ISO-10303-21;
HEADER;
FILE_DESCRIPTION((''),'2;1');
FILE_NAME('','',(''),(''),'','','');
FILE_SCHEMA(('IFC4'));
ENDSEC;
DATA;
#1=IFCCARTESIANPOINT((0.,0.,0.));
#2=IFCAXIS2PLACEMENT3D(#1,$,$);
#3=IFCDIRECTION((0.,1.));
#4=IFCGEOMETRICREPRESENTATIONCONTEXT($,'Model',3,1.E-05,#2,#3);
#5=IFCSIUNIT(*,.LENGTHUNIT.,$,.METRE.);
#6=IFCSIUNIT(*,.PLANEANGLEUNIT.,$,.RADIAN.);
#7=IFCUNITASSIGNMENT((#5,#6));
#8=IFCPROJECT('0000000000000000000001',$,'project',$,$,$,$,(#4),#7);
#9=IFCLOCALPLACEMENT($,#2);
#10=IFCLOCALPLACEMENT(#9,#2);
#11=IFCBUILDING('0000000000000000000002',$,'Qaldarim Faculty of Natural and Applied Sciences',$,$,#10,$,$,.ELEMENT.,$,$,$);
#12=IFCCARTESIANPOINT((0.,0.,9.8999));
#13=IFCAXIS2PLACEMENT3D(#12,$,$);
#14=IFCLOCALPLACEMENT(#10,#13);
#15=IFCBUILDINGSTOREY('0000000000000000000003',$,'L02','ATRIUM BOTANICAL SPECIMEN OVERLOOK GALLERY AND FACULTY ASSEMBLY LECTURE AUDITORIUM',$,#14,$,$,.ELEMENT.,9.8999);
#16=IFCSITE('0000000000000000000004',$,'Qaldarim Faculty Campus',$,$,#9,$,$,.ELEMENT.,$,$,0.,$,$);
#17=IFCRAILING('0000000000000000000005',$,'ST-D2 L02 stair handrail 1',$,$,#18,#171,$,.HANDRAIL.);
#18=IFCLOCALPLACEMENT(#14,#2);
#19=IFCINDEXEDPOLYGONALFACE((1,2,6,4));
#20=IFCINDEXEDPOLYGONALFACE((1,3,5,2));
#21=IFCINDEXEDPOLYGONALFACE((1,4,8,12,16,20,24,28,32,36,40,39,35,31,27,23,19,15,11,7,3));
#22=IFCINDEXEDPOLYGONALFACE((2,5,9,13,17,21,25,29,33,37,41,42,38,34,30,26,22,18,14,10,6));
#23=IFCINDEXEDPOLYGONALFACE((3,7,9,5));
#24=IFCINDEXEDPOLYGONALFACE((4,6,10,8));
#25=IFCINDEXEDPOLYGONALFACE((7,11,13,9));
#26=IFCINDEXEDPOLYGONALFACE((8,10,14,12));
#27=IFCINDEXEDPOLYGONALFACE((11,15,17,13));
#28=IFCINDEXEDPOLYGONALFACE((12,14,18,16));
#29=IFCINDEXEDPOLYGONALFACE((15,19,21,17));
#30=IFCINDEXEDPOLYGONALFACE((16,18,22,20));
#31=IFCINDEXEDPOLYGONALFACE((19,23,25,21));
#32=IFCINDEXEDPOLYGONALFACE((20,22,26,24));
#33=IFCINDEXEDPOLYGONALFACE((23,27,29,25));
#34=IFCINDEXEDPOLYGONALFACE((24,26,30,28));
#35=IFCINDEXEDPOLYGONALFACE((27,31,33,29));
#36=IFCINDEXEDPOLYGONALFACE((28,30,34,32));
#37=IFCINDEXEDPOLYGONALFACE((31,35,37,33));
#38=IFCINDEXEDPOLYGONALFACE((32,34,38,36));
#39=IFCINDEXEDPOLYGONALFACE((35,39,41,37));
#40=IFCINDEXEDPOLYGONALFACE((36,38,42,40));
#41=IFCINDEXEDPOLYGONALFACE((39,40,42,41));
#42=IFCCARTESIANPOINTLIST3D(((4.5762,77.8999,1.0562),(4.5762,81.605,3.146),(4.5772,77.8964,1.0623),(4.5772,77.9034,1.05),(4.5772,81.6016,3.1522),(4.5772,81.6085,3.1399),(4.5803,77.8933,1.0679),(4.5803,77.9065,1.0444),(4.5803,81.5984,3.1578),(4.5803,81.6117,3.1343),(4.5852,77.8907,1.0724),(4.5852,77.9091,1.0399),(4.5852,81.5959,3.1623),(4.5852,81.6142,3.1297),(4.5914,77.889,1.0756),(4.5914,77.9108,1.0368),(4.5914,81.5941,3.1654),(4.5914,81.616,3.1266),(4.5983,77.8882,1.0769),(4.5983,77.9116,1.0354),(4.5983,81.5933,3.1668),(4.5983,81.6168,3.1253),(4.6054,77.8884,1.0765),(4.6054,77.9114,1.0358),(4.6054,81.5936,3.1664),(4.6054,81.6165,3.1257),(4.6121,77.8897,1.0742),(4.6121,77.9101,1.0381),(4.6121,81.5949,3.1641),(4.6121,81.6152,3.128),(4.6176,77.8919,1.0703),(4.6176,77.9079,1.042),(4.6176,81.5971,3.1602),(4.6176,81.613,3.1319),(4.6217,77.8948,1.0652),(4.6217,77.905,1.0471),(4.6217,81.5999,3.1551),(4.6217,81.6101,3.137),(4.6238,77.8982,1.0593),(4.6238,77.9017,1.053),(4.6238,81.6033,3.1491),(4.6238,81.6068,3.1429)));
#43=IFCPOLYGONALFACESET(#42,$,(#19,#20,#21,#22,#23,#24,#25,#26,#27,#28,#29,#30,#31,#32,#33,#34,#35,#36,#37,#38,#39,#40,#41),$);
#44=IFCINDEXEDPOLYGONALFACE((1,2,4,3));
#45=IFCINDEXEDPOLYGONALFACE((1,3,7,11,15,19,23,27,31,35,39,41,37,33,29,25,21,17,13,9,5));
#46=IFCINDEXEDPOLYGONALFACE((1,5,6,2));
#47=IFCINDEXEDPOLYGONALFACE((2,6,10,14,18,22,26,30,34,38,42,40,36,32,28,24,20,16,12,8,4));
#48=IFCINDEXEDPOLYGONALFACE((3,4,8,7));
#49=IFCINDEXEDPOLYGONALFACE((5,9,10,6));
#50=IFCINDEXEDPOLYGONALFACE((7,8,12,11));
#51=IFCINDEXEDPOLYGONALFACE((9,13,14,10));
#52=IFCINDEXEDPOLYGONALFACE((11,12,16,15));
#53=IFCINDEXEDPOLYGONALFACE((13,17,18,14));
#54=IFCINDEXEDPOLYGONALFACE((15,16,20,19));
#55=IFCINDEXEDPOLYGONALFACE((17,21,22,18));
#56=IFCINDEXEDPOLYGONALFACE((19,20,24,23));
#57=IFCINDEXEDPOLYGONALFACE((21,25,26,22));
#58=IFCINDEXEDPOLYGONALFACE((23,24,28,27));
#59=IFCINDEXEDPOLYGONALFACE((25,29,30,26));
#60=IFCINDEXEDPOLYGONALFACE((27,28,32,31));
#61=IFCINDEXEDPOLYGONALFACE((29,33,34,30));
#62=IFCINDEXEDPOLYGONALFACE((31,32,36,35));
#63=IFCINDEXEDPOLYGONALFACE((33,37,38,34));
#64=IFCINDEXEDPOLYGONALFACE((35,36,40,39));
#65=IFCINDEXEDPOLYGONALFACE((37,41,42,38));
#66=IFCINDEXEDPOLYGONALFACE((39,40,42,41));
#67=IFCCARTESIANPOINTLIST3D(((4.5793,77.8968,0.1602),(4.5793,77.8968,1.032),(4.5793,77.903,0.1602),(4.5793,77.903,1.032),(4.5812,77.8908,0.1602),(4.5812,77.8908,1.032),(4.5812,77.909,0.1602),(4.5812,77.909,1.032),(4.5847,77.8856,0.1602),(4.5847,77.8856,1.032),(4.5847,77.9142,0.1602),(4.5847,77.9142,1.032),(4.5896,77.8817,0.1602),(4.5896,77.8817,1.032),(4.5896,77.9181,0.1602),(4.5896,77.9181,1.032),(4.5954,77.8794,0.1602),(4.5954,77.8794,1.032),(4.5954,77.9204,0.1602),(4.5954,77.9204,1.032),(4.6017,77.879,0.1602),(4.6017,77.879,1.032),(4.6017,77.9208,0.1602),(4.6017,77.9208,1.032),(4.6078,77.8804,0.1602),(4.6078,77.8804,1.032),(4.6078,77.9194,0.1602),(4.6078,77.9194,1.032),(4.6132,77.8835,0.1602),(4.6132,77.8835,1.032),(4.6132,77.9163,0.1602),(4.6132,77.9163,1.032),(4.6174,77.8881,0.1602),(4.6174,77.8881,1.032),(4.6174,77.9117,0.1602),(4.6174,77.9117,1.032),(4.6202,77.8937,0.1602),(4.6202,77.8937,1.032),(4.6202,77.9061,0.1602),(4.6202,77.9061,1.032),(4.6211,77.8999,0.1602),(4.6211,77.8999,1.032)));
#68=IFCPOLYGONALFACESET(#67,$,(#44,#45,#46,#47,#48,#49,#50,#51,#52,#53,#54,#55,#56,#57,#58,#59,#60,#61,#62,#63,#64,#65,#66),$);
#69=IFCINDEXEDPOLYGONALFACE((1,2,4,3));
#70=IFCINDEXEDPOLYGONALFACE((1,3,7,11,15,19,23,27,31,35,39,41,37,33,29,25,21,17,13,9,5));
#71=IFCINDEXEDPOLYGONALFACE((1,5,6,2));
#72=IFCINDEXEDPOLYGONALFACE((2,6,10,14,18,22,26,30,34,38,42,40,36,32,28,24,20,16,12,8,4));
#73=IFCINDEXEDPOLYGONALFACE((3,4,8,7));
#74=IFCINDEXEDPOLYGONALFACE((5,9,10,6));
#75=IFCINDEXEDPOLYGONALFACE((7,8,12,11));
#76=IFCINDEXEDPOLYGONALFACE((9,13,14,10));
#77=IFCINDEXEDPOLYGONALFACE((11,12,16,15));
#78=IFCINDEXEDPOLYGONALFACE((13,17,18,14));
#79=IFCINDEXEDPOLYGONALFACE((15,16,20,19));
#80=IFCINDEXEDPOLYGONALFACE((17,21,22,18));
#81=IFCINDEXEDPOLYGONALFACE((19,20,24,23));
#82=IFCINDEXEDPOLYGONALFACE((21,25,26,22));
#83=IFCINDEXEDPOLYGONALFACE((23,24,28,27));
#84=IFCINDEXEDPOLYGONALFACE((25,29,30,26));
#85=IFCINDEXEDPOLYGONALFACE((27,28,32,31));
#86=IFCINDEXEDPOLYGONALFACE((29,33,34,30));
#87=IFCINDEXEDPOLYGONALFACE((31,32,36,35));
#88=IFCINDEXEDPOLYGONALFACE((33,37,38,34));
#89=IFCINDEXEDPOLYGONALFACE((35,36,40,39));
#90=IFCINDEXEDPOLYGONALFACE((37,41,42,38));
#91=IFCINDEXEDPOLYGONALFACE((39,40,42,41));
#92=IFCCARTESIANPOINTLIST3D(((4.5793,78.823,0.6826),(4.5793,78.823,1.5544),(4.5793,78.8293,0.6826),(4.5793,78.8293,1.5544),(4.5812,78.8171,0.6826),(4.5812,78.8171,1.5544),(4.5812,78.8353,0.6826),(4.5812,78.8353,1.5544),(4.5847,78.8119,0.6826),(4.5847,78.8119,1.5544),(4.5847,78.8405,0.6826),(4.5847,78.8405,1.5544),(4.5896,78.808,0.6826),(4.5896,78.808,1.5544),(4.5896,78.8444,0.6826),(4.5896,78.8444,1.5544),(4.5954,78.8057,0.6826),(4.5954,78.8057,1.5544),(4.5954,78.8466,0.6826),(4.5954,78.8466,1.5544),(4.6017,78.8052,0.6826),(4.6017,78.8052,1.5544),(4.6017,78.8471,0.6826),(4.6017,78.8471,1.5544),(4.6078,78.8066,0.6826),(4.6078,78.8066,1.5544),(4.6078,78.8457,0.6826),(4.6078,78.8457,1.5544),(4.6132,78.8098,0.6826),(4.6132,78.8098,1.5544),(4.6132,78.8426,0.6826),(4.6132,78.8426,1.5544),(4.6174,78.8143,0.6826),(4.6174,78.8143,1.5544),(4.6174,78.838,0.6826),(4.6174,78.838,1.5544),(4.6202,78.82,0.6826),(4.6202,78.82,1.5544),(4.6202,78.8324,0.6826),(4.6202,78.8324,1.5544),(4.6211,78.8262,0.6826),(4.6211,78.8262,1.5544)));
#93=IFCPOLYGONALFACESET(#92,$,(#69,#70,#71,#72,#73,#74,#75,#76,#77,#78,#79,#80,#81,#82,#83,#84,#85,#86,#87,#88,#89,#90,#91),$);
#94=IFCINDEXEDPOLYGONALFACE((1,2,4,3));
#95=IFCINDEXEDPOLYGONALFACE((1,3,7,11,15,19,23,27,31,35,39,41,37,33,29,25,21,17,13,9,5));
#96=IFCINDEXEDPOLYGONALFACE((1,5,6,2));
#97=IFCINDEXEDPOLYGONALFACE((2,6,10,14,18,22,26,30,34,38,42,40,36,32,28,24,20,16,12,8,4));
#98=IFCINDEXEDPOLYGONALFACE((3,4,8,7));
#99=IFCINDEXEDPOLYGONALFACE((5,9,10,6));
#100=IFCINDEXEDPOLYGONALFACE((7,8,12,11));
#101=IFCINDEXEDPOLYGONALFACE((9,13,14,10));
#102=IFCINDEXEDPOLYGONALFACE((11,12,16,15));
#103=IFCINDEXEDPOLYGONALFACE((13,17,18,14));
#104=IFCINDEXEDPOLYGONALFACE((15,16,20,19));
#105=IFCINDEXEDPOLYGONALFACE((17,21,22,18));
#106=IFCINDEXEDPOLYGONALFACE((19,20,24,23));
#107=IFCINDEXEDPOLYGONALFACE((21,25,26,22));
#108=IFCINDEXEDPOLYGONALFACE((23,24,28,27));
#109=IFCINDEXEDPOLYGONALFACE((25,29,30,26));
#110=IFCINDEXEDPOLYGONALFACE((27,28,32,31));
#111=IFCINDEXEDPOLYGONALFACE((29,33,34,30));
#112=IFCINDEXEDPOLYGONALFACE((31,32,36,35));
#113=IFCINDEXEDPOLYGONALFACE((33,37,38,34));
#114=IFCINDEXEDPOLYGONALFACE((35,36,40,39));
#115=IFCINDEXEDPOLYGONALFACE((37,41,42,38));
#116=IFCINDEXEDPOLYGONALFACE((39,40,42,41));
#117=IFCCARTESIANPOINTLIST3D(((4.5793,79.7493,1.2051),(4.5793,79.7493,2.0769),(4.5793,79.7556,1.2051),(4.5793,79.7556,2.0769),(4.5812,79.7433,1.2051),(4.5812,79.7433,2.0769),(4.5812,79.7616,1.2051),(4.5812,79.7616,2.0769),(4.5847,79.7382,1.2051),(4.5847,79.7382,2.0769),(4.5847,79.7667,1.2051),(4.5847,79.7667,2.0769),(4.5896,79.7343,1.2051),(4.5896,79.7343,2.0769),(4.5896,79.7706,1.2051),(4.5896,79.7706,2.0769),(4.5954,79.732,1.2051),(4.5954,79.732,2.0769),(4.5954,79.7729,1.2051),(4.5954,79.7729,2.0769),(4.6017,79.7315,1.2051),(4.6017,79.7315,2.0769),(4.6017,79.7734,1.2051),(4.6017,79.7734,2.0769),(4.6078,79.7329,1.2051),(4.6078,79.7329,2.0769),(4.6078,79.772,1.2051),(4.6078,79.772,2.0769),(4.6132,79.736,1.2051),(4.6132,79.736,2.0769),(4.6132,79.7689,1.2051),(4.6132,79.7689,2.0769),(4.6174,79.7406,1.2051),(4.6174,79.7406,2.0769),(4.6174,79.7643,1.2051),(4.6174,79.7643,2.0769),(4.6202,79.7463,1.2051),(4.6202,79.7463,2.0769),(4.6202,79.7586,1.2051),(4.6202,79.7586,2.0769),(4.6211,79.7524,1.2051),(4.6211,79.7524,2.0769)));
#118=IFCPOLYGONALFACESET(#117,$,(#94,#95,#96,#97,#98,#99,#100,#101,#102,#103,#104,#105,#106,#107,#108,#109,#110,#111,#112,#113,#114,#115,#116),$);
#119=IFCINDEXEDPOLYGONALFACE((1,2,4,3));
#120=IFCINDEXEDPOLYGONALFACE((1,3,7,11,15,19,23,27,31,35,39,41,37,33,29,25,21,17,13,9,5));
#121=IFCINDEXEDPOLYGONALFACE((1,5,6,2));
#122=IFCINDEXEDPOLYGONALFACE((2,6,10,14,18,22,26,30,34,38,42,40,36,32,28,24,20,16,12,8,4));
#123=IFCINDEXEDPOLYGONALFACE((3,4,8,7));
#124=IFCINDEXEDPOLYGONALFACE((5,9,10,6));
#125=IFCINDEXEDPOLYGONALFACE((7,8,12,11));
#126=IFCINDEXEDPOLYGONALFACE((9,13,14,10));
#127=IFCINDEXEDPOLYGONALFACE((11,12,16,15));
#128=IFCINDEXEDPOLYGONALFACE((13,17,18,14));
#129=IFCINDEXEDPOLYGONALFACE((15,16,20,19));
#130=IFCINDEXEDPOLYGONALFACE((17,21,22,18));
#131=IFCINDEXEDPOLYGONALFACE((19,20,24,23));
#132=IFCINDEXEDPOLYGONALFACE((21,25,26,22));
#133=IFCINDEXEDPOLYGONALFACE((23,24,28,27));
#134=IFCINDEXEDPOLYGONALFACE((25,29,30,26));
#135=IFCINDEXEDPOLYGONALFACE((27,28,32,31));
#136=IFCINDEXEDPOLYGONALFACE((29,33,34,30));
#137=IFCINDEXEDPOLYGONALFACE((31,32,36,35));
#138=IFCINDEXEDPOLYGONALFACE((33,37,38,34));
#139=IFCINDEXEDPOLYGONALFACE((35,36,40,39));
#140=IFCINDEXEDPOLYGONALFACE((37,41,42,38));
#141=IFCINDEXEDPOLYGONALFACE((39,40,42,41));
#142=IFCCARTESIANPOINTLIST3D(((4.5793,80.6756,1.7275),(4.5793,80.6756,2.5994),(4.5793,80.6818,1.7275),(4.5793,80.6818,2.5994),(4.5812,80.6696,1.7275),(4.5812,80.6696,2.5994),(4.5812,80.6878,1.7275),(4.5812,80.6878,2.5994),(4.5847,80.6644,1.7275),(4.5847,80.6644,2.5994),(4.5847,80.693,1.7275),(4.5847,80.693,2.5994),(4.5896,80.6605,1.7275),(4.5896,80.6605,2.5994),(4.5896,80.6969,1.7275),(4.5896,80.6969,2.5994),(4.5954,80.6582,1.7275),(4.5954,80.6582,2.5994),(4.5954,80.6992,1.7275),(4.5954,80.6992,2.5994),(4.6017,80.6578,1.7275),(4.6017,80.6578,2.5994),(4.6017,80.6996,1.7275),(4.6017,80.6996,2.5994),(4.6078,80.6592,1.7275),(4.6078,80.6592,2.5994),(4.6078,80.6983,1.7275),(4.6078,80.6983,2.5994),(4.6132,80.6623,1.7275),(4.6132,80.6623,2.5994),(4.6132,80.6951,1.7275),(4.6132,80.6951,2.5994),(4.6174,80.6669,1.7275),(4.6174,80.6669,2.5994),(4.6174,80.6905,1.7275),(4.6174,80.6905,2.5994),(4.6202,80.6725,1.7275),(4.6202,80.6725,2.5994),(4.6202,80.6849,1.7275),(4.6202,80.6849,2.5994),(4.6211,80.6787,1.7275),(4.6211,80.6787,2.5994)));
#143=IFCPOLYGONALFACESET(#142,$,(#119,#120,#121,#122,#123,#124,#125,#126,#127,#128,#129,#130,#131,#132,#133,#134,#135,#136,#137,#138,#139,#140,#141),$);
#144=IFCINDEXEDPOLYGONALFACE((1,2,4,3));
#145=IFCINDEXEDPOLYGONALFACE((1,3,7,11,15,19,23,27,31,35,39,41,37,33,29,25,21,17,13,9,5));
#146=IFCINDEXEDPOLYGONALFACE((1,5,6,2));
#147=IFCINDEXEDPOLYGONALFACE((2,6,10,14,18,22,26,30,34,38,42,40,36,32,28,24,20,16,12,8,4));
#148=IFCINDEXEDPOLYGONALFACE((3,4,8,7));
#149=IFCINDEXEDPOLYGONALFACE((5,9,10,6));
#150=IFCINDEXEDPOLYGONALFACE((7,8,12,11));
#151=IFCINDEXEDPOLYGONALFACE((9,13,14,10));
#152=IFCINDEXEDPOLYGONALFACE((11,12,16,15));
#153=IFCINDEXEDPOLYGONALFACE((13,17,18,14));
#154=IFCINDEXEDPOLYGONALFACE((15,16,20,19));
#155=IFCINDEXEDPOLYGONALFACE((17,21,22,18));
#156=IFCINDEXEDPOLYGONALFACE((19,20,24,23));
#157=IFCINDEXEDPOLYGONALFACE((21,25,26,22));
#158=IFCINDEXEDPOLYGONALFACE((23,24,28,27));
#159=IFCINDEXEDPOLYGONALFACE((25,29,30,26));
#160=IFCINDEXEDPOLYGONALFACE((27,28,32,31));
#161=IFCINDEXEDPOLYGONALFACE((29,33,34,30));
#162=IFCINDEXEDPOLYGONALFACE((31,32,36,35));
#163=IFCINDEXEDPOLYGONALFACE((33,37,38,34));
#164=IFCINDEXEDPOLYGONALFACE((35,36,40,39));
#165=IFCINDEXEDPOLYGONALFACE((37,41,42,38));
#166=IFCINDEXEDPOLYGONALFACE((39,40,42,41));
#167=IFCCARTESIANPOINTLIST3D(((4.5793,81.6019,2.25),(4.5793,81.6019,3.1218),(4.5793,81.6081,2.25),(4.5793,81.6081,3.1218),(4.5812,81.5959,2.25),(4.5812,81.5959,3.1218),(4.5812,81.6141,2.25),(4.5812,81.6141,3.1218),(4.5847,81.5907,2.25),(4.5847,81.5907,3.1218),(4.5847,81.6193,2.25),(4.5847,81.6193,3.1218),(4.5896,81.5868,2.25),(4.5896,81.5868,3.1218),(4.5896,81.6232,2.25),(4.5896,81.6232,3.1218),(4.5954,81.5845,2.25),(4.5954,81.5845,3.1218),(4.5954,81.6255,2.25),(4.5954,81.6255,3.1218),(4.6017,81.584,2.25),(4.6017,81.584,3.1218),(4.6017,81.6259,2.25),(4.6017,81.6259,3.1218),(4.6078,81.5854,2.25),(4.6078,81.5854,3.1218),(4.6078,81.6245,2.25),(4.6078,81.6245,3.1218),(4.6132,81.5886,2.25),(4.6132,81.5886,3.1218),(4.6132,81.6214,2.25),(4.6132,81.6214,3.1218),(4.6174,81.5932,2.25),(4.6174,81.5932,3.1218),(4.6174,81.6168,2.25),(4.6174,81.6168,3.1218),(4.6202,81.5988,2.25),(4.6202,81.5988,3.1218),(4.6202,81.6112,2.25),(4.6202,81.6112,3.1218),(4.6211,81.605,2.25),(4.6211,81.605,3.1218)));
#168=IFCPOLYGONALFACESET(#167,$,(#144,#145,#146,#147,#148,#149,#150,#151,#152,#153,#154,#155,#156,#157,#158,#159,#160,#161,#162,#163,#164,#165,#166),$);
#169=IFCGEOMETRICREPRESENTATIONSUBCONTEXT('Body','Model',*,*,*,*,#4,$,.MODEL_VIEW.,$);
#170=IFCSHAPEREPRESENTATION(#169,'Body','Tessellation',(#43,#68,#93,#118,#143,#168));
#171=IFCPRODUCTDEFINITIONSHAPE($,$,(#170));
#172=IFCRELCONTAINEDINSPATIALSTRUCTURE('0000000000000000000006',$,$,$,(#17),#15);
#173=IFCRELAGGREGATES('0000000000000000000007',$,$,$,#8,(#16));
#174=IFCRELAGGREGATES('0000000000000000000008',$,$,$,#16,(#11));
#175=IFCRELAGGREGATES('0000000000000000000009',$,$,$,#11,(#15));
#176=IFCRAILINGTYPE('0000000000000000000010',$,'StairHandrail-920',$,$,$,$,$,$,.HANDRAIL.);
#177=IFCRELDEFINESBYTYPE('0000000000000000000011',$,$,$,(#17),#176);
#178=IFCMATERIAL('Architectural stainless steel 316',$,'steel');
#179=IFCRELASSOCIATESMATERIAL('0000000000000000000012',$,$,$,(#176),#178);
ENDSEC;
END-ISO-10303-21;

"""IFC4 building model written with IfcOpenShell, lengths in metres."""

from ifc_helpers import new_model, si_unit, direction, frame, origin, origin_2d, place, context, subcontext, project, spatial, circle, extrude, material, type_object, element, save


model = new_model("IFC4")

# Units and contexts
model_context = context("Model", 3, precision=1e-05, world=origin(), true_north=direction((0.0, 1.0)))
body_context = subcontext(model_context, "Body", "Model", "MODEL_VIEW")
ifc_project = project(units=[si_unit("LENGTHUNIT", "METRE"), si_unit("PLANEANGLEUNIT", "RADIAN")], contexts=[model_context])

# Site, building, storey
site_placement = place(None, origin())
site = spatial("IfcSite", under=ifc_project, at=site_placement, Name="Qaldarim Faculty Campus", CompositionType="ELEMENT", RefElevation=0.0)
building_placement = place(site_placement, origin())
building = spatial("IfcBuilding", under=site, at=building_placement, Name="Qaldarim Faculty of Natural and Applied Sciences", CompositionType="ELEMENT")
storey_placement = place(building_placement, frame((0.0, 0.0, 9.8999)))
storey = spatial("IfcBuildingStorey", under=building, at=storey_placement, Name="L02", Description="ATRIUM BOTANICAL SPECIMEN OVERLOOK GALLERY AND FACULTY ASSEMBLY LECTURE AUDITORIUM", CompositionType="ELEMENT", Elevation=9.8999)

# Shared definitions
ifc_material_1 = material(Name="Architectural stainless steel 316", Category="steel")

# Railing
railing_type_1 = type_object("IfcRailingType", Name="StairHandrail-920", PredefinedType="HANDRAIL", material=ifc_material_1)
railing_1_placement = place(storey_placement, frame((4.6001, 77.8999, 0.1602)))
element("IfcRailing", 1, at=railing_1_placement, inside=storey, type_object=railing_type_1, Name="ST-D2 L02 stair handrail 1", PredefinedType="HANDRAIL", context=body_context, shape_type="SweptSolid", body=[
    extrude(circle(Radius=0.0239, at=origin_2d()), frame((0.0, 0.0, 0.896), z_axis=(0.0, 0.870999, 0.491285), x_axis=(-1.0, 0.0, 0.0)), (0.0, 0.0, 1.0), 4.2539),
    extrude(circle(Radius=0.021, at=origin_2d()), origin(), (0.0, 0.0, 1.0), 0.8718),
    extrude(circle(Radius=0.021, at=origin_2d()), frame((0.0, 0.9263, 0.5225)), (0.0, 0.0, 1.0), 0.8718),
    extrude(circle(Radius=0.021, at=origin_2d()), frame((0.0, 1.8525, 1.0449)), (0.0, 0.0, 1.0), 0.8718),
    extrude(circle(Radius=0.021, at=origin_2d()), frame((0.0, 2.7788, 1.5674)), (0.0, 0.0, 1.0), 0.8718),
    extrude(circle(Radius=0.021, at=origin_2d()), frame((0.0, 3.7051, 2.0898)), (0.0, 0.0, 1.0), 0.8718),
])

save(model, "model.ifc")
